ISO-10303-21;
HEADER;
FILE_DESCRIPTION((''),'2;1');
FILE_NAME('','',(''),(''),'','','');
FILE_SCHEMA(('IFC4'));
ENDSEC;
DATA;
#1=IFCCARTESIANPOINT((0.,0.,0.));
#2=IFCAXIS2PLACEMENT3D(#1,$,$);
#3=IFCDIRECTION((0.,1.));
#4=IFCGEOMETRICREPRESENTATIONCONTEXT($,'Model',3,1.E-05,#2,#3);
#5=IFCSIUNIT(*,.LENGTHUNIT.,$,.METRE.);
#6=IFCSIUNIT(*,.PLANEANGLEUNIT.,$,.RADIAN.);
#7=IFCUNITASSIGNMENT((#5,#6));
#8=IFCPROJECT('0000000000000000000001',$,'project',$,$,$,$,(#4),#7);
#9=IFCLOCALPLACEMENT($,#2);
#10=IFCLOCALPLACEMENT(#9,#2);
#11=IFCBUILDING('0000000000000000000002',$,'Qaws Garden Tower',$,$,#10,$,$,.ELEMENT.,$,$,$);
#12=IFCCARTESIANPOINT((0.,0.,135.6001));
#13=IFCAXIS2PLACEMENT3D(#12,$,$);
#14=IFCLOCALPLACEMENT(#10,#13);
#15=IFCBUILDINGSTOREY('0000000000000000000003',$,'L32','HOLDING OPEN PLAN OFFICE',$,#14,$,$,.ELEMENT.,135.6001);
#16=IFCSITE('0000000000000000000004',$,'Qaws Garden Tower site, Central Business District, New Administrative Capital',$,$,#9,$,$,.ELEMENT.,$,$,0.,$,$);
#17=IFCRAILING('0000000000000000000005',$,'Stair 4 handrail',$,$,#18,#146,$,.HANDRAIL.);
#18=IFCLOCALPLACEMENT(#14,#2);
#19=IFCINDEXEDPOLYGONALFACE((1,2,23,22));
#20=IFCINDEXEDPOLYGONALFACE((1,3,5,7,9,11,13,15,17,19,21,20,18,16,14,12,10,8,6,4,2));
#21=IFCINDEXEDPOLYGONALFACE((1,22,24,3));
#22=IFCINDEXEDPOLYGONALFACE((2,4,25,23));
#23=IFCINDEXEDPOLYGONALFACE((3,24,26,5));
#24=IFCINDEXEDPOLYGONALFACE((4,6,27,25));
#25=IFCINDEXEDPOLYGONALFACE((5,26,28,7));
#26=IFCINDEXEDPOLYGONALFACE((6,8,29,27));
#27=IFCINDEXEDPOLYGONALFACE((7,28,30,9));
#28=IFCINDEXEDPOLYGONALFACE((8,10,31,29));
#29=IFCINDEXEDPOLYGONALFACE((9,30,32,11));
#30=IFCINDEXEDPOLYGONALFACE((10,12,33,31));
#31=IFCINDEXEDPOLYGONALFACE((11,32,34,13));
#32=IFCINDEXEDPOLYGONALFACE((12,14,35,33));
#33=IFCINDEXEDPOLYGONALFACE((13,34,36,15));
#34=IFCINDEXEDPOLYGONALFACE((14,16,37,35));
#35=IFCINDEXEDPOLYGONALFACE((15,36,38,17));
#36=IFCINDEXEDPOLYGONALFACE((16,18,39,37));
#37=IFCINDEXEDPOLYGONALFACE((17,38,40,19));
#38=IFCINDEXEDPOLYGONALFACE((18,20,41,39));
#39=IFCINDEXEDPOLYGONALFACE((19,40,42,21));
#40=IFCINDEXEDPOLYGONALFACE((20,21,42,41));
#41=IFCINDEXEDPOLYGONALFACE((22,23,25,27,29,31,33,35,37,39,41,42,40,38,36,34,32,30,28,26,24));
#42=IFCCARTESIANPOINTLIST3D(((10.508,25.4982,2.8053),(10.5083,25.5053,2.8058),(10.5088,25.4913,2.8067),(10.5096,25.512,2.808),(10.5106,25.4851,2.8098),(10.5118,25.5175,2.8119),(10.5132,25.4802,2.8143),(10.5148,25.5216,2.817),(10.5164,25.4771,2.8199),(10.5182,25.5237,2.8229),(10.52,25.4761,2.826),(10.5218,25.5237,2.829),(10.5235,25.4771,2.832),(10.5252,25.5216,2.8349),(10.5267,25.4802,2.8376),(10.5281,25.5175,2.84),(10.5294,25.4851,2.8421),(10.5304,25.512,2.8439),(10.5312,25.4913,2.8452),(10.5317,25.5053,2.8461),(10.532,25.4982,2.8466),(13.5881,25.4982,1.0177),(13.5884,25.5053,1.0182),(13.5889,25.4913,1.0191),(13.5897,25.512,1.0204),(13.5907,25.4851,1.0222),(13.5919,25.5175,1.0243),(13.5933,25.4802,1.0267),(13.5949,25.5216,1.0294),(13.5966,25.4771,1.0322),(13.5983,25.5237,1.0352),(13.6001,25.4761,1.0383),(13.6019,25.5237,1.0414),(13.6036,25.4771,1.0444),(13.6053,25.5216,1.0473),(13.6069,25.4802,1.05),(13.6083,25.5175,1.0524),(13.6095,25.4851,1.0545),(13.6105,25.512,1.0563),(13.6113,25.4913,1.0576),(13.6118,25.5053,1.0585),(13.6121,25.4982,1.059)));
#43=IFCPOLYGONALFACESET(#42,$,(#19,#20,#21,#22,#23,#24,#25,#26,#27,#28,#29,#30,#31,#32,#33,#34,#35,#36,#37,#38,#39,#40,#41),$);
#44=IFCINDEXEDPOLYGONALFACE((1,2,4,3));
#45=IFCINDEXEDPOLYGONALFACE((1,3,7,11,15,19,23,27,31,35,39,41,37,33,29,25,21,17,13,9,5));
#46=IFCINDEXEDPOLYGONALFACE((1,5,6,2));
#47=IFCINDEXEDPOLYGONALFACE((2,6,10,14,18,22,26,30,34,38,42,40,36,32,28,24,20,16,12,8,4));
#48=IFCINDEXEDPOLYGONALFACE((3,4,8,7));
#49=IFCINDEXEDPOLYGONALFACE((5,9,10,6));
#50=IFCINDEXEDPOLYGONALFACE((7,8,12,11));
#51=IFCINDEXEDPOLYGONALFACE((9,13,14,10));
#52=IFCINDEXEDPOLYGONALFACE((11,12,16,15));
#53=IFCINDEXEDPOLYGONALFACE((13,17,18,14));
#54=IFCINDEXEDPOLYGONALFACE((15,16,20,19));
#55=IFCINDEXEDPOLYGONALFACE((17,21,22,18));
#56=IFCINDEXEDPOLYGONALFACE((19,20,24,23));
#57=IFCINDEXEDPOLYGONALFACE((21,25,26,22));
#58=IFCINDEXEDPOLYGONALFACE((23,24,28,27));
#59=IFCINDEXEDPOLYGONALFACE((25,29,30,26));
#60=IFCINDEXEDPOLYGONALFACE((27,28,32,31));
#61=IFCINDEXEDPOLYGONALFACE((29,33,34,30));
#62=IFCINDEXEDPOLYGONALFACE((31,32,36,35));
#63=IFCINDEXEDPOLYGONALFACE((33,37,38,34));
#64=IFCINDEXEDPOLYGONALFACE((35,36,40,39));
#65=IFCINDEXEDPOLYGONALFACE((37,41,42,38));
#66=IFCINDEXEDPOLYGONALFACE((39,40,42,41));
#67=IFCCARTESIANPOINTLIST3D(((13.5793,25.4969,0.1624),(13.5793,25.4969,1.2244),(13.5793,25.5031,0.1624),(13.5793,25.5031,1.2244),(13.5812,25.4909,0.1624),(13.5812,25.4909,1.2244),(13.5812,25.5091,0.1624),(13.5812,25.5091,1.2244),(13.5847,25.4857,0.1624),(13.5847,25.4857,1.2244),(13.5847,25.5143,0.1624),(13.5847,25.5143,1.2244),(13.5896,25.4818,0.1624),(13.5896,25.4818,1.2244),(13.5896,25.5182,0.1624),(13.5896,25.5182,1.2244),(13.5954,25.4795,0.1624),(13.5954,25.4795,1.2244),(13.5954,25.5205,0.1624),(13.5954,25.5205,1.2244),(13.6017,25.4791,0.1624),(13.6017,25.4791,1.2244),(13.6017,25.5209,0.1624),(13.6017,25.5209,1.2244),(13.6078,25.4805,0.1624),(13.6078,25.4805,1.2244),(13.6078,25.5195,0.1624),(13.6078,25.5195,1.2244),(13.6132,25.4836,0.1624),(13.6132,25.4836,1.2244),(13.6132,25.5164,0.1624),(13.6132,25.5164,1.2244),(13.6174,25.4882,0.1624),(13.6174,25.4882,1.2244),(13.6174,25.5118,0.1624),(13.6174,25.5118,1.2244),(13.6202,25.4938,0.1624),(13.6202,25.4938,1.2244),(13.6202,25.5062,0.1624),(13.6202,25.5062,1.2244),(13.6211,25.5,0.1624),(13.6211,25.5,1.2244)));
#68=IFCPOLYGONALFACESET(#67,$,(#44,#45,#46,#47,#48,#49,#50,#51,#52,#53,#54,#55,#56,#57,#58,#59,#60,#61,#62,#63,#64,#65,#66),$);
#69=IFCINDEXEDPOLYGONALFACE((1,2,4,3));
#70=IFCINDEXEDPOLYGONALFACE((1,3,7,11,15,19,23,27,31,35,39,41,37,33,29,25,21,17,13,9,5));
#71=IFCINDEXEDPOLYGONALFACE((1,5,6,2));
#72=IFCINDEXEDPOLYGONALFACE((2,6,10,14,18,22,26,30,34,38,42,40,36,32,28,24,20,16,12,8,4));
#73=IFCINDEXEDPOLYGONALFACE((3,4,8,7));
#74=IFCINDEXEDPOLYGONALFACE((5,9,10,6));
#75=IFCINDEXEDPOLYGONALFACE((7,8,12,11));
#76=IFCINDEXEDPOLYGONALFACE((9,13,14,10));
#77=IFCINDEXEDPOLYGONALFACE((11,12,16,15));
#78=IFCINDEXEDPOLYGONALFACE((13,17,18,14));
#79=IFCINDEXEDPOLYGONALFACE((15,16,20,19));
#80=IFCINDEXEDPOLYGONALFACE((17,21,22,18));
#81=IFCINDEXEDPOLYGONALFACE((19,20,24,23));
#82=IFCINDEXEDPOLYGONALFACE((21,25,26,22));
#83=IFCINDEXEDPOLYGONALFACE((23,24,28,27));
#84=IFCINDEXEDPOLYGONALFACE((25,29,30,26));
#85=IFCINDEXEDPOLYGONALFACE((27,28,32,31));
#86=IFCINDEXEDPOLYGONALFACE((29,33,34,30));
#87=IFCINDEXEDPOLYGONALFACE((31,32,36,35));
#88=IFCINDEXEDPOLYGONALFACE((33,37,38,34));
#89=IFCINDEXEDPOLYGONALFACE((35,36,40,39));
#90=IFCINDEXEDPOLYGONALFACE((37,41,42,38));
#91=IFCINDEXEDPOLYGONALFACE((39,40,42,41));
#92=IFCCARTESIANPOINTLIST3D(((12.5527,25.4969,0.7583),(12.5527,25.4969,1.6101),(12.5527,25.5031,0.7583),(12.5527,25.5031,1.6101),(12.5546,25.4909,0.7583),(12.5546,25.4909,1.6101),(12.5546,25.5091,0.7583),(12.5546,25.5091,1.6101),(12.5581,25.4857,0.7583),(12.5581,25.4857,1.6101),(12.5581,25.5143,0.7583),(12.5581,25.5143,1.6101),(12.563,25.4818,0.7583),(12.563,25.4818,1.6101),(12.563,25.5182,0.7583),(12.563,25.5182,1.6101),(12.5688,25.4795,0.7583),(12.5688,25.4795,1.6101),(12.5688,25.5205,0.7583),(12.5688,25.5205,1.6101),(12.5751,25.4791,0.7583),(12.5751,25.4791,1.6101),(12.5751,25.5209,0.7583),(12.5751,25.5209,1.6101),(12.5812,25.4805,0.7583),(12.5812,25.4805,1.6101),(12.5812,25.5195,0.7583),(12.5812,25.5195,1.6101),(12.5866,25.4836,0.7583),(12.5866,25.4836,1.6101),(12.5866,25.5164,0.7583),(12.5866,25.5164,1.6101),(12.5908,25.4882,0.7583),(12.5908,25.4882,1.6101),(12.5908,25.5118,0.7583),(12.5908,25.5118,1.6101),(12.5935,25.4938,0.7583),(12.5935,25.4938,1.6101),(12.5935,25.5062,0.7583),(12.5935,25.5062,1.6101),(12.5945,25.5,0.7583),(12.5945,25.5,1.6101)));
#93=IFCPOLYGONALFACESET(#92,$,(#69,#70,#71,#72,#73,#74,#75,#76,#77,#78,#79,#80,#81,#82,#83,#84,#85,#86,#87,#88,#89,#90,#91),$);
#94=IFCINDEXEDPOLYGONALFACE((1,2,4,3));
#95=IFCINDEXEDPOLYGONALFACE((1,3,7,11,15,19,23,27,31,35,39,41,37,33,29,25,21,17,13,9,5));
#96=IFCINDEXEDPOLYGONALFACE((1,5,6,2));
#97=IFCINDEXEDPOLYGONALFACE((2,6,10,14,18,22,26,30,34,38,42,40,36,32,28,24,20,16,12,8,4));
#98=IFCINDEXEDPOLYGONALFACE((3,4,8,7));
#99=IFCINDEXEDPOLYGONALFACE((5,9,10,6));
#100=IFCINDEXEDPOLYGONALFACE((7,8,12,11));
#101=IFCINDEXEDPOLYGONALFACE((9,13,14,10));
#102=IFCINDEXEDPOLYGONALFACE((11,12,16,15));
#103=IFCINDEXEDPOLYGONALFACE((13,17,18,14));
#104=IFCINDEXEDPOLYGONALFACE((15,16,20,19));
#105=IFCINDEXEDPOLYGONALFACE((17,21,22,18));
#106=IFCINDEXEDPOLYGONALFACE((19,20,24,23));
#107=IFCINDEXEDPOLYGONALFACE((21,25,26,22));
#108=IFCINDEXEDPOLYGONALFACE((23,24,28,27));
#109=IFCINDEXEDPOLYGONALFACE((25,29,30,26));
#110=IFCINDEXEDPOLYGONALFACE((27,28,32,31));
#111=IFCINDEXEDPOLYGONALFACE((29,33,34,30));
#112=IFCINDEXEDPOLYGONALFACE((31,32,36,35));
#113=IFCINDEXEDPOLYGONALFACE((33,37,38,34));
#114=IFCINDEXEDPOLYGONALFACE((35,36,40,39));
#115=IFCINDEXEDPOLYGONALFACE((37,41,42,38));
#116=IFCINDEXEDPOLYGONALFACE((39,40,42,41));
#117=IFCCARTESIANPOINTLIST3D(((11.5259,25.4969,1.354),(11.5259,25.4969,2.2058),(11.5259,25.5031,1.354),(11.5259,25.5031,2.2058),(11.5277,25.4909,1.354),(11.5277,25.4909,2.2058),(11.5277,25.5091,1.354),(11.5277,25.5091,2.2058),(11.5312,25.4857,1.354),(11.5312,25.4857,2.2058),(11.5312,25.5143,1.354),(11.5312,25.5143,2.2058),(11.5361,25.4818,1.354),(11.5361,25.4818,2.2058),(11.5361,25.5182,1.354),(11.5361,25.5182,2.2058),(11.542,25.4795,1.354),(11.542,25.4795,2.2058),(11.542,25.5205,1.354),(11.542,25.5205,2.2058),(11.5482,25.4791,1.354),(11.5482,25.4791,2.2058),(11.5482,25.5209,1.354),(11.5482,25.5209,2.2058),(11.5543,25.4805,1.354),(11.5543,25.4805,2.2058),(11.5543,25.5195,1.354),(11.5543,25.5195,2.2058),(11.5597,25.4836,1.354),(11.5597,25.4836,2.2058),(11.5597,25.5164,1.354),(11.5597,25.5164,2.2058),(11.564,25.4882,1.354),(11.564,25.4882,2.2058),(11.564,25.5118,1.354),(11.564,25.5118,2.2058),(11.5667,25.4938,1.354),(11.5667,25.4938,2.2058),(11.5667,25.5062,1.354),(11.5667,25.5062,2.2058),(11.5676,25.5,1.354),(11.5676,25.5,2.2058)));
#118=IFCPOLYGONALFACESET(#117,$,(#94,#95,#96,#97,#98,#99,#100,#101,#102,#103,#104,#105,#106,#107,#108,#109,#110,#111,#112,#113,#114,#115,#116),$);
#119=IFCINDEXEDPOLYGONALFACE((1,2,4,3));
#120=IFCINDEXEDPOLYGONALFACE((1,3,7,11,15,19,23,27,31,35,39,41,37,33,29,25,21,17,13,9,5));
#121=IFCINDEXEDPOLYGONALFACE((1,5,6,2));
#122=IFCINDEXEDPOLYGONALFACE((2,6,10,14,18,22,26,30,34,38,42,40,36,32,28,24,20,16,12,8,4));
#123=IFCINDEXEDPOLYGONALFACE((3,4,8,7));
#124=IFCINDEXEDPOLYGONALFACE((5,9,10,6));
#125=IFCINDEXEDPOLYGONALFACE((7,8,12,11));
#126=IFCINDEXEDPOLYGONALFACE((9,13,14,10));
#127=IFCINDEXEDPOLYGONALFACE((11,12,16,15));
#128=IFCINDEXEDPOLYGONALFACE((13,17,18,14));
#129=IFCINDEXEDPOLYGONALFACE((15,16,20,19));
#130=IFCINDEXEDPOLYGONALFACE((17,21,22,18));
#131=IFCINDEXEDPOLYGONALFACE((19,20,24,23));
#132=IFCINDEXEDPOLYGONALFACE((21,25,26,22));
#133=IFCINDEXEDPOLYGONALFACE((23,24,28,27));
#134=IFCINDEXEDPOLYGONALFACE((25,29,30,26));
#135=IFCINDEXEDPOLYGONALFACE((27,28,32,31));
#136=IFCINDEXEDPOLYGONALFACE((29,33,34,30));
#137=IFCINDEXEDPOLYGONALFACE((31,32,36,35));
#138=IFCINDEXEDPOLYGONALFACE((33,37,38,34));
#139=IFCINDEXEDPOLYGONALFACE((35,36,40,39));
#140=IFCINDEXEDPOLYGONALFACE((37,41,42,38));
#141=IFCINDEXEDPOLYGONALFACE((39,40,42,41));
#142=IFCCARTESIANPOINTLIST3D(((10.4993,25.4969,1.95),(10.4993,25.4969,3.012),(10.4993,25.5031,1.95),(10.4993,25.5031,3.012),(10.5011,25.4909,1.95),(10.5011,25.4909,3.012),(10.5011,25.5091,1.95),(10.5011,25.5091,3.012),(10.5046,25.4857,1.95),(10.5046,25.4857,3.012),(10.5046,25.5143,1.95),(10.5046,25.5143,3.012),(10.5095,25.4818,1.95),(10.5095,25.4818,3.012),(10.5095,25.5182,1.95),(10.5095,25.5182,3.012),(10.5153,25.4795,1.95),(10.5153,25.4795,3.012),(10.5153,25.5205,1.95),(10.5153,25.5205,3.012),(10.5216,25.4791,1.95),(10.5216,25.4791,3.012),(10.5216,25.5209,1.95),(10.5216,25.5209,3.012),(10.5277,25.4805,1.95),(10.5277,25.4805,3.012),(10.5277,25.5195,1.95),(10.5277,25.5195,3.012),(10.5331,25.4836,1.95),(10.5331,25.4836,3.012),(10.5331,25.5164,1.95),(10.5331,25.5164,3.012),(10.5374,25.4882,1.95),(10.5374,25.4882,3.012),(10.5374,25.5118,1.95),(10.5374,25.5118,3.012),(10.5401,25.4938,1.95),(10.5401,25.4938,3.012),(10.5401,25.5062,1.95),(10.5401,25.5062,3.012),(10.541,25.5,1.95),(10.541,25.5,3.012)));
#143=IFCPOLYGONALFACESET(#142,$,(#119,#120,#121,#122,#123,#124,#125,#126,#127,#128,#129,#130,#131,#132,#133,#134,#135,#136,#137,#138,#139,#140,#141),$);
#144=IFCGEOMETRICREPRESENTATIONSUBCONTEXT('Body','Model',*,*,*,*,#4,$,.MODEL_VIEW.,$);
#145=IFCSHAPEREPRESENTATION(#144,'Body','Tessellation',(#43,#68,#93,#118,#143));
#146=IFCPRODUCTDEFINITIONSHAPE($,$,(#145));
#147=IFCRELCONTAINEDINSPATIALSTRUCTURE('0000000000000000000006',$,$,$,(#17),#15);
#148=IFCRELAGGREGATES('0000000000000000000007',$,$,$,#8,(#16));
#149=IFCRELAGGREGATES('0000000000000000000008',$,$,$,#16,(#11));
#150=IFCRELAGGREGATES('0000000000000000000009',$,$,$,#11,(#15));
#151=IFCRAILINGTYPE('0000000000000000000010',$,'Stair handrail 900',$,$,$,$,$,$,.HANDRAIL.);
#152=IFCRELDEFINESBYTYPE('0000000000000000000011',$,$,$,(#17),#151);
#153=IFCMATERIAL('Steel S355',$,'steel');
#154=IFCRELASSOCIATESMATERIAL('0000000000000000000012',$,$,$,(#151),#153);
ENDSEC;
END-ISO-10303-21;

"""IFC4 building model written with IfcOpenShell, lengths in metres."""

from ifc_helpers import new_model, si_unit, direction, frame, origin, origin_2d, place, context, subcontext, project, spatial, circle, extrude, material, type_object, element, save


model = new_model("IFC4")

# Units and contexts
model_context = context("Model", 3, precision=1e-05, world=origin(), true_north=direction((0.0, 1.0)))
body_context = subcontext(model_context, "Body", "Model", "MODEL_VIEW")
ifc_project = project(units=[si_unit("LENGTHUNIT", "METRE"), si_unit("PLANEANGLEUNIT", "RADIAN")], contexts=[model_context])

# Site, building, storey
site_placement = place(None, origin())
site = spatial("IfcSite", under=ifc_project, at=site_placement, Name="Qaws Garden Tower site, Central Business District, New Administrative Capital", CompositionType="ELEMENT", RefElevation=0.0)
building_placement = place(site_placement, origin())
building = spatial("IfcBuilding", under=site, at=building_placement, Name="Qaws Garden Tower", CompositionType="ELEMENT")
storey_placement = place(building_placement, frame((0.0, 0.0, 135.6001)))
storey = spatial("IfcBuildingStorey", under=building, at=storey_placement, Name="L32", Description="HOLDING OPEN PLAN OFFICE", CompositionType="ELEMENT", Elevation=135.6001)

# Railing
ifc_material_1 = material(Name="Steel S355", Category="steel")
railing_type = type_object("IfcRailingType", Name="Stair handrail 900", PredefinedType="HANDRAIL", material=ifc_material_1)
railing_1_placement = place(storey_placement, frame((13.6001, 25.5, 0.1624)))
element("IfcRailing", 1, at=railing_1_placement, inside=storey, type_object=railing_type, Name="Stair 4 handrail", PredefinedType="HANDRAIL", context=body_context, shape_type="SweptSolid", body=[
    extrude(circle(Radius=0.0239, at=origin_2d()), frame((0.0, 0.0, 0.876), z_axis=(-0.864891, 0.0, 0.50196), x_axis=(0.0, -1.0, 0.0)), (0.0, 0.0, 1.0), 3.5613),
    extrude(circle(Radius=0.021, at=origin_2d()), origin(), (0.0, 0.0, 1.0), 1.062),
    extrude(circle(Radius=0.021, at=origin_2d()), frame((-1.0266, 0.0, 0.5959)), (0.0, 0.0, 1.0), 0.8518),
    extrude(circle(Radius=0.021, at=origin_2d()), frame((-2.0535, 0.0, 1.1917)), (0.0, 0.0, 1.0), 0.8518),
    extrude(circle(Radius=0.021, at=origin_2d()), frame((-3.0801, 0.0, 1.7876)), (0.0, 0.0, 1.0), 1.062),
])

save(model, "model.ifc")
